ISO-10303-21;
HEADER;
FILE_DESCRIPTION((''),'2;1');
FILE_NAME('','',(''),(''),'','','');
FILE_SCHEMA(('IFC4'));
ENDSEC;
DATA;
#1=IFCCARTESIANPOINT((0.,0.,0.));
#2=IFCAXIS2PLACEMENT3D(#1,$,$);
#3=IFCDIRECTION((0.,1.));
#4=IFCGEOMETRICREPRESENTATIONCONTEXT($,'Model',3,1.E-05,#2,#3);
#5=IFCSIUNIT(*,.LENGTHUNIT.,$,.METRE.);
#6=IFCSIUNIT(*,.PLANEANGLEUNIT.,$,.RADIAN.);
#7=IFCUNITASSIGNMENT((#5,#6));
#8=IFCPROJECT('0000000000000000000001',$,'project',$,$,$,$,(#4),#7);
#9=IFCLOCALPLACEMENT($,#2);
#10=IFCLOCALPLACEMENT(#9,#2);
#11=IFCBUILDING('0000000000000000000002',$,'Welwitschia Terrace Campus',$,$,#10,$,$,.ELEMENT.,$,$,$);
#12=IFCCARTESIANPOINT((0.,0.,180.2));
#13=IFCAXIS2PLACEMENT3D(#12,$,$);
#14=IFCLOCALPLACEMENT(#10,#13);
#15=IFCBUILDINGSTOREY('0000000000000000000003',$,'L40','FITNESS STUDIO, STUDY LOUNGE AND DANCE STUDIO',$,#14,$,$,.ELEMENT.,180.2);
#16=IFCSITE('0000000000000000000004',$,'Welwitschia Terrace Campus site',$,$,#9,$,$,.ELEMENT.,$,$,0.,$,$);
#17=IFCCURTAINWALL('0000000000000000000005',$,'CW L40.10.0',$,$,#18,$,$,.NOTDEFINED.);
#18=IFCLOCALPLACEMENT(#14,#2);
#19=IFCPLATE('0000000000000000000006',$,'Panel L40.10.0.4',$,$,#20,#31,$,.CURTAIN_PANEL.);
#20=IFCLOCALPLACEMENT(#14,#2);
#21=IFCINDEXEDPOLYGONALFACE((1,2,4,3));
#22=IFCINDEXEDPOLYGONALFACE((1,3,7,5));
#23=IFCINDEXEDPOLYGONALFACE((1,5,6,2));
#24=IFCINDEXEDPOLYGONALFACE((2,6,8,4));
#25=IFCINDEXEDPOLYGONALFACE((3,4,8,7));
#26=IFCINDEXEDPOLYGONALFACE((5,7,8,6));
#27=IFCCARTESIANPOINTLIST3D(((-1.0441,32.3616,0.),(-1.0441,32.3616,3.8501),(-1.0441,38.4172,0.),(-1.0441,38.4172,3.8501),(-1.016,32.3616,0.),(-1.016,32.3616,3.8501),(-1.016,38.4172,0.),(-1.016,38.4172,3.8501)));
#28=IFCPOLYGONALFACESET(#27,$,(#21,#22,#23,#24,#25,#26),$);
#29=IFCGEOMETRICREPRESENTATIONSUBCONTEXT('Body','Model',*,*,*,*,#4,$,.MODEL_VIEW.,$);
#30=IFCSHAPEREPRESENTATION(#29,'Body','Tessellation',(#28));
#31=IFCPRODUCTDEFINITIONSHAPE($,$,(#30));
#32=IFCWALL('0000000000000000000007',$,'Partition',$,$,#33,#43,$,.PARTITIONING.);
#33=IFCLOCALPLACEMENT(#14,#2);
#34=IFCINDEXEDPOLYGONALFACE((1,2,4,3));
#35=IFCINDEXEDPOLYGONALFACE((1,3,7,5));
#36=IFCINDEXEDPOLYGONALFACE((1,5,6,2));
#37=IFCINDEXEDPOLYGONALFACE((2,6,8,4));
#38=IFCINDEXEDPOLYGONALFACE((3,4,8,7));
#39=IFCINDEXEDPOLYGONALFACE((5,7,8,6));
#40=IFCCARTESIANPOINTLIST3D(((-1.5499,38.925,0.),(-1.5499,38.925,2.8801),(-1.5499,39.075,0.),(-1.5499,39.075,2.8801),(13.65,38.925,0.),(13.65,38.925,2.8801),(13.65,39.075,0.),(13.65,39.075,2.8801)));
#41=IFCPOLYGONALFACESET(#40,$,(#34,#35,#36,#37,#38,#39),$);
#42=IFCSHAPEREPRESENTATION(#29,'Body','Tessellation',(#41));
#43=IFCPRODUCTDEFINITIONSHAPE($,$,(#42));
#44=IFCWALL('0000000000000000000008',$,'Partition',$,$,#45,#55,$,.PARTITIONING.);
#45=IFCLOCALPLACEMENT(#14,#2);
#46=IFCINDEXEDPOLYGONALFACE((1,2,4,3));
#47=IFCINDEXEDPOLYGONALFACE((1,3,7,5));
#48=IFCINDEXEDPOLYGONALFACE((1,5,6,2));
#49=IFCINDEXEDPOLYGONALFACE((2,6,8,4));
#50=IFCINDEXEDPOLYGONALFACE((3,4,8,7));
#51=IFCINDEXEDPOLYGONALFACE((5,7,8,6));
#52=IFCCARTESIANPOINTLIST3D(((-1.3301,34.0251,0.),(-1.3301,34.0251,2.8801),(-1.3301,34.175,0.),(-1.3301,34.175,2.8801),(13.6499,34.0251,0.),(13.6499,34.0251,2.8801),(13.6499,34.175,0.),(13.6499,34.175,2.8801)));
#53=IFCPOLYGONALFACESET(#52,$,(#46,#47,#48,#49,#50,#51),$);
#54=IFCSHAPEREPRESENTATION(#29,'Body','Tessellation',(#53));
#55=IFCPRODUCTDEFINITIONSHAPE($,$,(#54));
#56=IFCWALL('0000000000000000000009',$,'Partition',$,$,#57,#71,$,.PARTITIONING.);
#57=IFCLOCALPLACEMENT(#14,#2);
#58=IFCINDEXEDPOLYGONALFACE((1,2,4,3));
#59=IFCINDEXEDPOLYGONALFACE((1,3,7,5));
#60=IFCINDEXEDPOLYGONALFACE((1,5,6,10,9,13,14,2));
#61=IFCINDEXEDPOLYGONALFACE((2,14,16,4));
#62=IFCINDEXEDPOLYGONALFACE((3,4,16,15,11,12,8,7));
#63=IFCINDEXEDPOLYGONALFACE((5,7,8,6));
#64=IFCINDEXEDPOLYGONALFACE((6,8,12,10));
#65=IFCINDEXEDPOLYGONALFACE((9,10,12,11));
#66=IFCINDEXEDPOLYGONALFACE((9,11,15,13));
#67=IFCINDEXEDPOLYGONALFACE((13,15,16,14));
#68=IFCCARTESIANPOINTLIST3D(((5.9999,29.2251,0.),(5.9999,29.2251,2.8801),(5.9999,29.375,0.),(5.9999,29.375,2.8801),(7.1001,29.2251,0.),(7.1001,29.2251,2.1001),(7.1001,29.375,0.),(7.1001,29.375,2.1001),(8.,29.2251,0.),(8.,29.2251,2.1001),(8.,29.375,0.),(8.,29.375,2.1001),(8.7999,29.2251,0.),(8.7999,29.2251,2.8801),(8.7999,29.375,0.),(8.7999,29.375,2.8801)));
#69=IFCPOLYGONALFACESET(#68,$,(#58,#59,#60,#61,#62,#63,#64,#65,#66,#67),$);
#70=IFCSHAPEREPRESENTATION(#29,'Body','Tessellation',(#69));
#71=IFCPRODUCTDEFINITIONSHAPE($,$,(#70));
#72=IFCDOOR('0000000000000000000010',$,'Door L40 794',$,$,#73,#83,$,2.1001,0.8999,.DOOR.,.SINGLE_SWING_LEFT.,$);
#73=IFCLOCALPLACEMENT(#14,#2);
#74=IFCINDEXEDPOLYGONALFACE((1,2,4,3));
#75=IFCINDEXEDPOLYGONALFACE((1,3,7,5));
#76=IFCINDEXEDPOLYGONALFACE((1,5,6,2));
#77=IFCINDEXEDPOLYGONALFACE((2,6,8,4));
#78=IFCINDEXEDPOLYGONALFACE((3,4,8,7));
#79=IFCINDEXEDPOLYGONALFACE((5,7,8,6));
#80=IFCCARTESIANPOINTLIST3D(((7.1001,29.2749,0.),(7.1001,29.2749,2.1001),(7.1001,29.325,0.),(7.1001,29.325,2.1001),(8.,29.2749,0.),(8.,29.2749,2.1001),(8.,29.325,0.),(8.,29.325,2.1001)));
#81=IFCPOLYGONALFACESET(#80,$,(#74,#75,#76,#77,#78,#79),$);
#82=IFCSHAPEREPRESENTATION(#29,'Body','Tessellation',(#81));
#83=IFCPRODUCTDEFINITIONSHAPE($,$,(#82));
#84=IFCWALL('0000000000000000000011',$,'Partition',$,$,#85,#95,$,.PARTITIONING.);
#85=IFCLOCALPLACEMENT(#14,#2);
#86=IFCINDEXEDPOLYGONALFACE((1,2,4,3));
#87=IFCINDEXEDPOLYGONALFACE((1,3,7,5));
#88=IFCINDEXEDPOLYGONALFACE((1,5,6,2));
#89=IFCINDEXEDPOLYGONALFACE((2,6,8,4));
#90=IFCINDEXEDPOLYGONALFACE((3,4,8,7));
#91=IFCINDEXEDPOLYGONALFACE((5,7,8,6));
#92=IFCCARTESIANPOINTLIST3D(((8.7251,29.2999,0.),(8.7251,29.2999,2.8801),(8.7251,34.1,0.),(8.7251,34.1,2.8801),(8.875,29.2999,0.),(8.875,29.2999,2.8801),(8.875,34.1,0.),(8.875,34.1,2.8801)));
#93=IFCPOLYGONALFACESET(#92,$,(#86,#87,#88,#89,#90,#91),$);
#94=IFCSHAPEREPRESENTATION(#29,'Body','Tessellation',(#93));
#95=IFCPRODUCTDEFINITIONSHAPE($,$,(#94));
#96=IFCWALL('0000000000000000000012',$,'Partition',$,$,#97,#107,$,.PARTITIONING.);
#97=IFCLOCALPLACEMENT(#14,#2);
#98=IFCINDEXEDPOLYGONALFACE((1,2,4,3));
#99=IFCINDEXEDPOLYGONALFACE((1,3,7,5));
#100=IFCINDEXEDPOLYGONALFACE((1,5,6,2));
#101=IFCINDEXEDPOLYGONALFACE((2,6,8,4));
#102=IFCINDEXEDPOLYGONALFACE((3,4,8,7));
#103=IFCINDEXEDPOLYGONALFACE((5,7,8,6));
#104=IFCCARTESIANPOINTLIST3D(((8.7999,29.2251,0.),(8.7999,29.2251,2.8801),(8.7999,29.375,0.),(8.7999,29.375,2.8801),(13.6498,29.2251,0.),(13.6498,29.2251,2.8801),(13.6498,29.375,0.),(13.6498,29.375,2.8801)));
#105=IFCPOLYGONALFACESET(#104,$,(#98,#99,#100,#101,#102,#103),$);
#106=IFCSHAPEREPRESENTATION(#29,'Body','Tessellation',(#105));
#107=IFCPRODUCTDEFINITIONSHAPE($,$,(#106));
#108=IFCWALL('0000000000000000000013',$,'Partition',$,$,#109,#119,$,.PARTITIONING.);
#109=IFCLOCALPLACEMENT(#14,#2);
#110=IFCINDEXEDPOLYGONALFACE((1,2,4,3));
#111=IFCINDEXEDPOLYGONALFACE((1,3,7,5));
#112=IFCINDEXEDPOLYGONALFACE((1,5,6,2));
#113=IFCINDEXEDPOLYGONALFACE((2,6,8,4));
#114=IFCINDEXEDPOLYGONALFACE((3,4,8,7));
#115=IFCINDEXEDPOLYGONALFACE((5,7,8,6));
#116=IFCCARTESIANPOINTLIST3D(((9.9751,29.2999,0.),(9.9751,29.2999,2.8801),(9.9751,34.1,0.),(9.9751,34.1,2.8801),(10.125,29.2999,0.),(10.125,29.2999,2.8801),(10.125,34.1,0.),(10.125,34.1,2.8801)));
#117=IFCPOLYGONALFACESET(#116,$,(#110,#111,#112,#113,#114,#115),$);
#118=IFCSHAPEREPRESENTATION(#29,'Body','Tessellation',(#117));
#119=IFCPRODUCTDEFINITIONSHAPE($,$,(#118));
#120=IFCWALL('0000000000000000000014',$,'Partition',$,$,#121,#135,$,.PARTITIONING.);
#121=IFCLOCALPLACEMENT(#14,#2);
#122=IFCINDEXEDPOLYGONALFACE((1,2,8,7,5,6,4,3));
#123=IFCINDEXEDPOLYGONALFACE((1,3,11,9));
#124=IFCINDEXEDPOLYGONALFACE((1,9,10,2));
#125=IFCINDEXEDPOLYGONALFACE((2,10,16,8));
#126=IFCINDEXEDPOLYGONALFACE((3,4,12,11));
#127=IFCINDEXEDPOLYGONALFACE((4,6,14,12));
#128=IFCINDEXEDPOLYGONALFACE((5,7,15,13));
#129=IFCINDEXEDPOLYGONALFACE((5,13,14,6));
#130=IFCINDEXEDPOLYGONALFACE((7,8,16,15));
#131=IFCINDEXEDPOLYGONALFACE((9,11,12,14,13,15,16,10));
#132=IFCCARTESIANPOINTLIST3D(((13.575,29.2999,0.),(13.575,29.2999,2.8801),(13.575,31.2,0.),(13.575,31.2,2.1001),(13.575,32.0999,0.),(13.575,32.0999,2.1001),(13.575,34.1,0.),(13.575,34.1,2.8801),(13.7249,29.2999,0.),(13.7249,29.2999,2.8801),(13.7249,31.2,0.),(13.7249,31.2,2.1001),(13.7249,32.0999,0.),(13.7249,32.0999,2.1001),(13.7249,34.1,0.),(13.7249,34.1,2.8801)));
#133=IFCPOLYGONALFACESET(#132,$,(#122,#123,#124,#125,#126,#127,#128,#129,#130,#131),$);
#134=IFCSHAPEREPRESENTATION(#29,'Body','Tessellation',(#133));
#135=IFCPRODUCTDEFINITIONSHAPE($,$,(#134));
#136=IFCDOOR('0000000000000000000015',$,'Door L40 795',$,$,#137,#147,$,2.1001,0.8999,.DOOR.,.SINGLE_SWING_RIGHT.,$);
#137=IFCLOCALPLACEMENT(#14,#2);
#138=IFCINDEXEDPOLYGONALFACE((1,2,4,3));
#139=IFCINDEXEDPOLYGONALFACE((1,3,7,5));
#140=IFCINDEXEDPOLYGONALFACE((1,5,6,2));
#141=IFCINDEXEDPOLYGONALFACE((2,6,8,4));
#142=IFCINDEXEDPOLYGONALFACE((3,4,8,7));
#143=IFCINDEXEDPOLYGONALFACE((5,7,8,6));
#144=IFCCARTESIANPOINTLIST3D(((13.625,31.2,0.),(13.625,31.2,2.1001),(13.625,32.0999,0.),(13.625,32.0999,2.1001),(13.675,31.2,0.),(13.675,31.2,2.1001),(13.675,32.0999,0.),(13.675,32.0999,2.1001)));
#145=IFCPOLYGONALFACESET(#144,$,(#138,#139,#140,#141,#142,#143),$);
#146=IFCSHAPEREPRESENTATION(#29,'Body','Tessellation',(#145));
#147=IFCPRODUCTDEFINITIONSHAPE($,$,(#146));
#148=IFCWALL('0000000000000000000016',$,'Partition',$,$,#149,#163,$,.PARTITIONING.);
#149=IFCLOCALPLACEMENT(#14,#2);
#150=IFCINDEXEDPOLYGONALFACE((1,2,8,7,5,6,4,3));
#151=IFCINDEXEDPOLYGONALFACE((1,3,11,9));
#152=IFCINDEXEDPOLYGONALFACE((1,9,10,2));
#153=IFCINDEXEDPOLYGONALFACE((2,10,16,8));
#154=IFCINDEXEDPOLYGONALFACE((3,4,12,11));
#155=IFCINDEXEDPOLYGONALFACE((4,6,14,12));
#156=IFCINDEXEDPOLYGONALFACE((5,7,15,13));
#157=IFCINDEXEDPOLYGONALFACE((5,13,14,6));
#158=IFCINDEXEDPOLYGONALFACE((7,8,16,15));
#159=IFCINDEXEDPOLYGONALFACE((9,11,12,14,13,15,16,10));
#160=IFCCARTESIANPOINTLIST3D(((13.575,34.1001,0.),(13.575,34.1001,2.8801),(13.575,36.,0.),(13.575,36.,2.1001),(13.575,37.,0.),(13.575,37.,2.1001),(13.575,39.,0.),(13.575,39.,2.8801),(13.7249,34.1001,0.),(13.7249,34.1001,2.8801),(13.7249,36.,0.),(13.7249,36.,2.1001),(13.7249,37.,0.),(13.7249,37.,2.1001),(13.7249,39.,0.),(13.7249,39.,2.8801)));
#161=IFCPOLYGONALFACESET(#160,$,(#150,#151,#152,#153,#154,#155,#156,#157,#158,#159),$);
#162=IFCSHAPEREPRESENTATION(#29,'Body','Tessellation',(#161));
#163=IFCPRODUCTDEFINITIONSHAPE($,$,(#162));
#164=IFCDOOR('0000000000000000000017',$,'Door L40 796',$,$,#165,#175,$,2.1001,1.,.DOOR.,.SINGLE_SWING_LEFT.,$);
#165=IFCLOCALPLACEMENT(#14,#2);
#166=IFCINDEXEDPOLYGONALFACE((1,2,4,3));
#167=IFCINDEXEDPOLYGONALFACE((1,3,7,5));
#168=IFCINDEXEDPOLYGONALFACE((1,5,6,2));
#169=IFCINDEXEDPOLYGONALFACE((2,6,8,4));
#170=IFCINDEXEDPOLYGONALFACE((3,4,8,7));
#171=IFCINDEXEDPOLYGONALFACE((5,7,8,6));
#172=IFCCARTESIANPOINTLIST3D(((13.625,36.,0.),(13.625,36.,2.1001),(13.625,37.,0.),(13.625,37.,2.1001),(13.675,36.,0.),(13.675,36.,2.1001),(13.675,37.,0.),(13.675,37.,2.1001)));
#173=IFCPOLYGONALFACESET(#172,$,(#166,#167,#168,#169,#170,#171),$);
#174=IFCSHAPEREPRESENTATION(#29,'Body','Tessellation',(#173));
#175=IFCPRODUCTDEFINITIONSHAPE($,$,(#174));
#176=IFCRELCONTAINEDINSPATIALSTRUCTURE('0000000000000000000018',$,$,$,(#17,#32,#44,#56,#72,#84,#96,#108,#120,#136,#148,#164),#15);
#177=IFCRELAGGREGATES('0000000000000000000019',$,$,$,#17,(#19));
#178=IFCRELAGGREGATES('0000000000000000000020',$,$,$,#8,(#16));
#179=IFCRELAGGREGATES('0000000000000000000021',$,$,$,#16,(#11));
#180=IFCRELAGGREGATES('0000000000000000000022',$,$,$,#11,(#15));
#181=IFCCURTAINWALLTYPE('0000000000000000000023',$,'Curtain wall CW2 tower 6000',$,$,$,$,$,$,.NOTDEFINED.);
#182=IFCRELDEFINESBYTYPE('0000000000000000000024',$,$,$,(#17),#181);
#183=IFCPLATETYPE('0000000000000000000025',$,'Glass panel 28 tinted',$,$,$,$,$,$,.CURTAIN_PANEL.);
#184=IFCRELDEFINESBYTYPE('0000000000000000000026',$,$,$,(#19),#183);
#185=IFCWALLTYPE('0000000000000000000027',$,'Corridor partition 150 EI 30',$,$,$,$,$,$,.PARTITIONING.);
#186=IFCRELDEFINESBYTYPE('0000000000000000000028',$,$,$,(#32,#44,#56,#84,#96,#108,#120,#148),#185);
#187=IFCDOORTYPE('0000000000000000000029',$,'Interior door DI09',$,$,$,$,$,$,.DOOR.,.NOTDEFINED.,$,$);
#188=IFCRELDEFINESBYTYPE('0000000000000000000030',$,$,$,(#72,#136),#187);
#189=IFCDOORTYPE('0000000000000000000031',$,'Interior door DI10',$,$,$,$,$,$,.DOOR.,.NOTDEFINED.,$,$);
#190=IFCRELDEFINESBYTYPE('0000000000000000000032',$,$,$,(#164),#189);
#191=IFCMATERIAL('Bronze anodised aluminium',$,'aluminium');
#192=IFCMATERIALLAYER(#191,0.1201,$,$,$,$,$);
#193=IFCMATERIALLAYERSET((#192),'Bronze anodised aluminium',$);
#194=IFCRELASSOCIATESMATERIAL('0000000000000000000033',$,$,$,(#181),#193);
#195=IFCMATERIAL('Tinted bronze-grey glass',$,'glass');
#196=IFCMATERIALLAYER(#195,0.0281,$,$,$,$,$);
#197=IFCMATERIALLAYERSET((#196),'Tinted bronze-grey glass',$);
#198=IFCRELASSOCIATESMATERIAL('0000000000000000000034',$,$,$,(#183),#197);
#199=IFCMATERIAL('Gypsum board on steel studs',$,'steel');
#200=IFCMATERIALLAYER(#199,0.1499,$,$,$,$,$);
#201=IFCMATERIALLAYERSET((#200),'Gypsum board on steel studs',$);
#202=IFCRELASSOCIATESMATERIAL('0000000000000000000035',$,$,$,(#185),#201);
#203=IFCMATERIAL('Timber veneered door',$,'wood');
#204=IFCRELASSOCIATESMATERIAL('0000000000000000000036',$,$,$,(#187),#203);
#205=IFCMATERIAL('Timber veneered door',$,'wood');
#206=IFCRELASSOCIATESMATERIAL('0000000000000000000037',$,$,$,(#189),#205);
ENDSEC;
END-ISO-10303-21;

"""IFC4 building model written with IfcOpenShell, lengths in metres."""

from ifc_helpers import new_model, si_unit, direction, frame, frame_2d, origin, origin_2d, place, context, subcontext, project, spatial, rectangle, extrude, material, layer, layer_set, type_object, element, fill, aggregate, save


model = new_model("IFC4")

# Units and contexts
model_context = context("Model", 3, precision=1e-05, world=origin(), true_north=direction((0.0, 1.0)))
body_context = subcontext(model_context, "Body", "Model", "MODEL_VIEW")
ifc_project = project(units=[si_unit("LENGTHUNIT", "METRE"), si_unit("PLANEANGLEUNIT", "RADIAN")], contexts=[model_context])

# Site, building, storey
site_placement = place(None, origin())
site = spatial("IfcSite", under=ifc_project, at=site_placement, Name="Welwitschia Terrace Campus site", CompositionType="ELEMENT", RefElevation=0.0)
building_placement = place(site_placement, origin())
building = spatial("IfcBuilding", under=site, at=building_placement, Name="Welwitschia Terrace Campus", CompositionType="ELEMENT")
storey_placement = place(building_placement, frame((0.0, 0.0, 180.2)))
storey = spatial("IfcBuildingStorey", under=building, at=storey_placement, Name="L40", Description="FITNESS STUDIO, STUDY LOUNGE AND DANCE STUDIO", CompositionType="ELEMENT", Elevation=180.2)

# Curtain wall
ifc_material_1 = material(Name="Bronze anodised aluminium", Category="aluminium")
ifc_layer_1 = layer(ifc_material_1, 0.1201)
ifc_layer_set_1 = layer_set([ifc_layer_1], Name="Bronze anodised aluminium")
curtain_wall_type = type_object("IfcCurtainWallType", Name="Curtain wall CW2 tower 6000", PredefinedType="NOTDEFINED", material=ifc_layer_set_1)
curtain_wall_placement = place(storey_placement, origin())
curtain_wall = element("IfcCurtainWall", 1, at=curtain_wall_placement, inside=storey, type_object=curtain_wall_type, Name="CW L40.10.0", PredefinedType="NOTDEFINED")

# Plate
ifc_material_2 = material(Name="Tinted bronze-grey glass", Category="glass")
ifc_layer_2 = layer(ifc_material_2, 0.0281)
ifc_layer_set_2 = layer_set([ifc_layer_2], Name="Tinted bronze-grey glass")
plate_type = type_object("IfcPlateType", Name="Glass panel 28 tinted", PredefinedType="CURTAIN_PANEL", material=ifc_layer_set_2)
plate_placement = place(storey_placement, frame((-1.03, 35.3894, 0.0), z_axis=(0.0, 0.0, 1.0), x_axis=(0.0, -1.0, 0.0)))
plate = element("IfcPlate", 2, at=plate_placement, type_object=plate_type, Name="Panel L40.10.0.4", PredefinedType="CURTAIN_PANEL", context=body_context, shape_type="SweptSolid", body=[
    extrude(rectangle(XDim=6.0557, YDim=0.0281, at=origin_2d()), origin(), (0.0, 0.0, 1.0), 3.8501),
])
aggregate(curtain_wall, [plate])

# Walls
ifc_material_3 = material(Name="Gypsum board on steel studs", Category="steel")
ifc_layer_3 = layer(ifc_material_3, 0.1499)
ifc_layer_set_3 = layer_set([ifc_layer_3], Name="Gypsum board on steel studs")
wall_type_1 = type_object("IfcWallType", Name="Corridor partition 150 EI 30", PredefinedType="PARTITIONING", material=ifc_layer_set_3)
wall_1_placement = place(storey_placement, frame((-1.55, 39.0, 0.0), z_axis=(0.0, 0.0, 1.0), x_axis=(1.0, 0.0, 0.0)))
element("IfcWall", 3, at=wall_1_placement, inside=storey, type_object=wall_type_1, Name="Partition", PredefinedType="PARTITIONING", context=body_context, shape_type="SweptSolid", body=[
    extrude(rectangle(XDim=15.2, YDim=0.1499, at=frame_2d((7.6001, 0.0))), origin(), (0.0, 0.0, 1.0), 2.8801),
])
wall_2_placement = place(storey_placement, frame((-1.3301, 34.1001, 0.0), z_axis=(0.0, 0.0, 1.0), x_axis=(1.0, 0.0, 0.0)))
element("IfcWall", 4, at=wall_2_placement, inside=storey, type_object=wall_type_1, Name="Partition", PredefinedType="PARTITIONING", context=body_context, shape_type="SweptSolid", body=[
    extrude(rectangle(XDim=14.98, YDim=0.1499, at=frame_2d((7.49, 0.0))), origin(), (0.0, 0.0, 1.0), 2.8801),
])

# Wall, opening, door
wall_3_placement = place(storey_placement, frame((6.0, 29.3, 0.0), z_axis=(0.0, 0.0, 1.0), x_axis=(1.0, 0.0, 0.0)))
wall_3 = element("IfcWall", 5, at=wall_3_placement, inside=storey, type_object=wall_type_1, Name="Partition", PredefinedType="PARTITIONING", context=body_context, shape_type="SweptSolid", body=[
    extrude(rectangle(XDim=2.8, YDim=0.1499, at=frame_2d((1.3999, 0.0))), origin(), (0.0, 0.0, 1.0), 2.8801),
])
opening_1_placement = place(wall_3_placement, frame((1.1001, 0.0, 0.0)))
opening_1 = element("IfcOpeningElement", 6, at=opening_1_placement, cuts=wall_3, PredefinedType="OPENING", context=body_context, shape_type="SweptSolid", body=[
    extrude(rectangle(XDim=0.8999, YDim=2.1001, at=frame_2d((0.45, 1.05))), frame((0.0, 0.085, 0.0), z_axis=(0.0, -1.0, 0.0), x_axis=(1.0, 0.0, 0.0)), (0.0, 0.0, 1.0), 0.1699),
])
ifc_material_4 = material(Name="Timber veneered door", Category="wood")
door_type_1 = type_object("IfcDoorType", Name="Interior door DI09", OperationType="NOTDEFINED", PredefinedType="DOOR", material=ifc_material_4)
door_1_placement = place(opening_1_placement, origin())
door_1 = element("IfcDoor", 7, at=door_1_placement, inside=storey, type_object=door_type_1, Name="Door L40 794", OperationType="SINGLE_SWING_LEFT", OverallHeight=2.1001, OverallWidth=0.8999, PredefinedType="DOOR", context=body_context, shape_type="SweptSolid", body=[
    extrude(rectangle(XDim=0.8999, YDim=2.1001, at=frame_2d((0.45, 1.05))), frame((0.0, 0.0249, 0.0), z_axis=(0.0, -1.0, 0.0), x_axis=(1.0, 0.0, 0.0)), (0.0, 0.0, 1.0), 0.05),
])
fill(opening_1, door_1)

# Walls
wall_4_placement = place(storey_placement, frame((8.8, 29.3, 0.0), z_axis=(0.0, 0.0, 1.0), x_axis=(0.0, 1.0, 0.0)))
element("IfcWall", 8, at=wall_4_placement, inside=storey, type_object=wall_type_1, Name="Partition", PredefinedType="PARTITIONING", context=body_context, shape_type="SweptSolid", body=[
    extrude(rectangle(XDim=4.8, YDim=0.1499, at=frame_2d((2.3999, 0.0))), origin(), (0.0, 0.0, 1.0), 2.8801),
])
wall_5_placement = place(storey_placement, frame((8.8, 29.3, 0.0), z_axis=(0.0, 0.0, 1.0), x_axis=(1.0, 0.0, 0.0)))
element("IfcWall", 9, at=wall_5_placement, inside=storey, type_object=wall_type_1, Name="Partition", PredefinedType="PARTITIONING", context=body_context, shape_type="SweptSolid", body=[
    extrude(rectangle(XDim=4.8499, YDim=0.1499, at=frame_2d((2.4248, 0.0))), origin(), (0.0, 0.0, 1.0), 2.8801),
])
wall_6_placement = place(storey_placement, frame((10.05, 29.3, 0.0), z_axis=(0.0, 0.0, 1.0), x_axis=(0.0, 1.0, 0.0)))
element("IfcWall", 10, at=wall_6_placement, inside=storey, type_object=wall_type_1, Name="Partition", PredefinedType="PARTITIONING", context=body_context, shape_type="SweptSolid", body=[
    extrude(rectangle(XDim=4.8, YDim=0.1499, at=frame_2d((2.3999, 0.0))), origin(), (0.0, 0.0, 1.0), 2.8801),
])

# Walls, openings, doors
wall_7_placement = place(storey_placement, frame((13.6499, 29.3, 0.0), z_axis=(0.0, 0.0, 1.0), x_axis=(0.0, 1.0, 0.0)))
wall_7 = element("IfcWall", 11, at=wall_7_placement, inside=storey, type_object=wall_type_1, Name="Partition", PredefinedType="PARTITIONING", context=body_context, shape_type="SweptSolid", body=[
    extrude(rectangle(XDim=4.8, YDim=0.1499, at=frame_2d((2.3999, 0.0))), origin(), (0.0, 0.0, 1.0), 2.8801),
])
opening_2_placement = place(wall_7_placement, frame((1.8999, 0.0, 0.0)))
opening_2 = element("IfcOpeningElement", 12, at=opening_2_placement, cuts=wall_7, PredefinedType="OPENING", context=body_context, shape_type="SweptSolid", body=[
    extrude(rectangle(XDim=0.8999, YDim=2.1001, at=frame_2d((0.45, 1.05))), frame((0.0, 0.085, 0.0), z_axis=(0.0, -1.0, 0.0), x_axis=(1.0, 0.0, 0.0)), (0.0, 0.0, 1.0), 0.1699),
])
door_2_placement = place(opening_2_placement, origin())
door_2 = element("IfcDoor", 13, at=door_2_placement, inside=storey, type_object=door_type_1, Name="Door L40 795", OperationType="SINGLE_SWING_RIGHT", OverallHeight=2.1001, OverallWidth=0.8999, PredefinedType="DOOR", context=body_context, shape_type="SweptSolid", body=[
    extrude(rectangle(XDim=0.8999, YDim=2.1001, at=frame_2d((0.45, 1.05))), frame((0.0, 0.0249, 0.0), z_axis=(0.0, -1.0, 0.0), x_axis=(1.0, 0.0, 0.0)), (0.0, 0.0, 1.0), 0.05),
])
fill(opening_2, door_2)
wall_8_placement = place(storey_placement, frame((13.6499, 34.1001, 0.0), z_axis=(0.0, 0.0, 1.0), x_axis=(0.0, 1.0, 0.0)))
wall_8 = element("IfcWall", 14, at=wall_8_placement, inside=storey, type_object=wall_type_1, Name="Partition", PredefinedType="PARTITIONING", context=body_context, shape_type="SweptSolid", body=[
    extrude(rectangle(XDim=4.8999, YDim=0.1499, at=frame_2d((2.45, 0.0))), origin(), (0.0, 0.0, 1.0), 2.8801),
])
opening_3_placement = place(wall_8_placement, frame((1.8999, 0.0, 0.0)))
opening_3 = element("IfcOpeningElement", 15, at=opening_3_placement, cuts=wall_8, PredefinedType="OPENING", context=body_context, shape_type="SweptSolid", body=[
    extrude(rectangle(XDim=1.0, YDim=2.1001, at=frame_2d((0.5, 1.05))), frame((0.0, 0.085, 0.0), z_axis=(0.0, -1.0, 0.0), x_axis=(1.0, 0.0, 0.0)), (0.0, 0.0, 1.0), 0.1699),
])
ifc_material_5 = material(Name="Timber veneered door", Category="wood")
door_type_2 = type_object("IfcDoorType", Name="Interior door DI10", OperationType="NOTDEFINED", PredefinedType="DOOR", material=ifc_material_5)
door_3_placement = place(opening_3_placement, origin())
door_3 = element("IfcDoor", 16, at=door_3_placement, inside=storey, type_object=door_type_2, Name="Door L40 796", OperationType="SINGLE_SWING_LEFT", OverallHeight=2.1001, OverallWidth=1.0, PredefinedType="DOOR", context=body_context, shape_type="SweptSolid", body=[
    extrude(rectangle(XDim=1.0, YDim=2.1001, at=frame_2d((0.5, 1.05))), frame((0.0, 0.0249, 0.0), z_axis=(0.0, -1.0, 0.0), x_axis=(1.0, 0.0, 0.0)), (0.0, 0.0, 1.0), 0.05),
])
fill(opening_3, door_3)

save(model, "model.ifc")
